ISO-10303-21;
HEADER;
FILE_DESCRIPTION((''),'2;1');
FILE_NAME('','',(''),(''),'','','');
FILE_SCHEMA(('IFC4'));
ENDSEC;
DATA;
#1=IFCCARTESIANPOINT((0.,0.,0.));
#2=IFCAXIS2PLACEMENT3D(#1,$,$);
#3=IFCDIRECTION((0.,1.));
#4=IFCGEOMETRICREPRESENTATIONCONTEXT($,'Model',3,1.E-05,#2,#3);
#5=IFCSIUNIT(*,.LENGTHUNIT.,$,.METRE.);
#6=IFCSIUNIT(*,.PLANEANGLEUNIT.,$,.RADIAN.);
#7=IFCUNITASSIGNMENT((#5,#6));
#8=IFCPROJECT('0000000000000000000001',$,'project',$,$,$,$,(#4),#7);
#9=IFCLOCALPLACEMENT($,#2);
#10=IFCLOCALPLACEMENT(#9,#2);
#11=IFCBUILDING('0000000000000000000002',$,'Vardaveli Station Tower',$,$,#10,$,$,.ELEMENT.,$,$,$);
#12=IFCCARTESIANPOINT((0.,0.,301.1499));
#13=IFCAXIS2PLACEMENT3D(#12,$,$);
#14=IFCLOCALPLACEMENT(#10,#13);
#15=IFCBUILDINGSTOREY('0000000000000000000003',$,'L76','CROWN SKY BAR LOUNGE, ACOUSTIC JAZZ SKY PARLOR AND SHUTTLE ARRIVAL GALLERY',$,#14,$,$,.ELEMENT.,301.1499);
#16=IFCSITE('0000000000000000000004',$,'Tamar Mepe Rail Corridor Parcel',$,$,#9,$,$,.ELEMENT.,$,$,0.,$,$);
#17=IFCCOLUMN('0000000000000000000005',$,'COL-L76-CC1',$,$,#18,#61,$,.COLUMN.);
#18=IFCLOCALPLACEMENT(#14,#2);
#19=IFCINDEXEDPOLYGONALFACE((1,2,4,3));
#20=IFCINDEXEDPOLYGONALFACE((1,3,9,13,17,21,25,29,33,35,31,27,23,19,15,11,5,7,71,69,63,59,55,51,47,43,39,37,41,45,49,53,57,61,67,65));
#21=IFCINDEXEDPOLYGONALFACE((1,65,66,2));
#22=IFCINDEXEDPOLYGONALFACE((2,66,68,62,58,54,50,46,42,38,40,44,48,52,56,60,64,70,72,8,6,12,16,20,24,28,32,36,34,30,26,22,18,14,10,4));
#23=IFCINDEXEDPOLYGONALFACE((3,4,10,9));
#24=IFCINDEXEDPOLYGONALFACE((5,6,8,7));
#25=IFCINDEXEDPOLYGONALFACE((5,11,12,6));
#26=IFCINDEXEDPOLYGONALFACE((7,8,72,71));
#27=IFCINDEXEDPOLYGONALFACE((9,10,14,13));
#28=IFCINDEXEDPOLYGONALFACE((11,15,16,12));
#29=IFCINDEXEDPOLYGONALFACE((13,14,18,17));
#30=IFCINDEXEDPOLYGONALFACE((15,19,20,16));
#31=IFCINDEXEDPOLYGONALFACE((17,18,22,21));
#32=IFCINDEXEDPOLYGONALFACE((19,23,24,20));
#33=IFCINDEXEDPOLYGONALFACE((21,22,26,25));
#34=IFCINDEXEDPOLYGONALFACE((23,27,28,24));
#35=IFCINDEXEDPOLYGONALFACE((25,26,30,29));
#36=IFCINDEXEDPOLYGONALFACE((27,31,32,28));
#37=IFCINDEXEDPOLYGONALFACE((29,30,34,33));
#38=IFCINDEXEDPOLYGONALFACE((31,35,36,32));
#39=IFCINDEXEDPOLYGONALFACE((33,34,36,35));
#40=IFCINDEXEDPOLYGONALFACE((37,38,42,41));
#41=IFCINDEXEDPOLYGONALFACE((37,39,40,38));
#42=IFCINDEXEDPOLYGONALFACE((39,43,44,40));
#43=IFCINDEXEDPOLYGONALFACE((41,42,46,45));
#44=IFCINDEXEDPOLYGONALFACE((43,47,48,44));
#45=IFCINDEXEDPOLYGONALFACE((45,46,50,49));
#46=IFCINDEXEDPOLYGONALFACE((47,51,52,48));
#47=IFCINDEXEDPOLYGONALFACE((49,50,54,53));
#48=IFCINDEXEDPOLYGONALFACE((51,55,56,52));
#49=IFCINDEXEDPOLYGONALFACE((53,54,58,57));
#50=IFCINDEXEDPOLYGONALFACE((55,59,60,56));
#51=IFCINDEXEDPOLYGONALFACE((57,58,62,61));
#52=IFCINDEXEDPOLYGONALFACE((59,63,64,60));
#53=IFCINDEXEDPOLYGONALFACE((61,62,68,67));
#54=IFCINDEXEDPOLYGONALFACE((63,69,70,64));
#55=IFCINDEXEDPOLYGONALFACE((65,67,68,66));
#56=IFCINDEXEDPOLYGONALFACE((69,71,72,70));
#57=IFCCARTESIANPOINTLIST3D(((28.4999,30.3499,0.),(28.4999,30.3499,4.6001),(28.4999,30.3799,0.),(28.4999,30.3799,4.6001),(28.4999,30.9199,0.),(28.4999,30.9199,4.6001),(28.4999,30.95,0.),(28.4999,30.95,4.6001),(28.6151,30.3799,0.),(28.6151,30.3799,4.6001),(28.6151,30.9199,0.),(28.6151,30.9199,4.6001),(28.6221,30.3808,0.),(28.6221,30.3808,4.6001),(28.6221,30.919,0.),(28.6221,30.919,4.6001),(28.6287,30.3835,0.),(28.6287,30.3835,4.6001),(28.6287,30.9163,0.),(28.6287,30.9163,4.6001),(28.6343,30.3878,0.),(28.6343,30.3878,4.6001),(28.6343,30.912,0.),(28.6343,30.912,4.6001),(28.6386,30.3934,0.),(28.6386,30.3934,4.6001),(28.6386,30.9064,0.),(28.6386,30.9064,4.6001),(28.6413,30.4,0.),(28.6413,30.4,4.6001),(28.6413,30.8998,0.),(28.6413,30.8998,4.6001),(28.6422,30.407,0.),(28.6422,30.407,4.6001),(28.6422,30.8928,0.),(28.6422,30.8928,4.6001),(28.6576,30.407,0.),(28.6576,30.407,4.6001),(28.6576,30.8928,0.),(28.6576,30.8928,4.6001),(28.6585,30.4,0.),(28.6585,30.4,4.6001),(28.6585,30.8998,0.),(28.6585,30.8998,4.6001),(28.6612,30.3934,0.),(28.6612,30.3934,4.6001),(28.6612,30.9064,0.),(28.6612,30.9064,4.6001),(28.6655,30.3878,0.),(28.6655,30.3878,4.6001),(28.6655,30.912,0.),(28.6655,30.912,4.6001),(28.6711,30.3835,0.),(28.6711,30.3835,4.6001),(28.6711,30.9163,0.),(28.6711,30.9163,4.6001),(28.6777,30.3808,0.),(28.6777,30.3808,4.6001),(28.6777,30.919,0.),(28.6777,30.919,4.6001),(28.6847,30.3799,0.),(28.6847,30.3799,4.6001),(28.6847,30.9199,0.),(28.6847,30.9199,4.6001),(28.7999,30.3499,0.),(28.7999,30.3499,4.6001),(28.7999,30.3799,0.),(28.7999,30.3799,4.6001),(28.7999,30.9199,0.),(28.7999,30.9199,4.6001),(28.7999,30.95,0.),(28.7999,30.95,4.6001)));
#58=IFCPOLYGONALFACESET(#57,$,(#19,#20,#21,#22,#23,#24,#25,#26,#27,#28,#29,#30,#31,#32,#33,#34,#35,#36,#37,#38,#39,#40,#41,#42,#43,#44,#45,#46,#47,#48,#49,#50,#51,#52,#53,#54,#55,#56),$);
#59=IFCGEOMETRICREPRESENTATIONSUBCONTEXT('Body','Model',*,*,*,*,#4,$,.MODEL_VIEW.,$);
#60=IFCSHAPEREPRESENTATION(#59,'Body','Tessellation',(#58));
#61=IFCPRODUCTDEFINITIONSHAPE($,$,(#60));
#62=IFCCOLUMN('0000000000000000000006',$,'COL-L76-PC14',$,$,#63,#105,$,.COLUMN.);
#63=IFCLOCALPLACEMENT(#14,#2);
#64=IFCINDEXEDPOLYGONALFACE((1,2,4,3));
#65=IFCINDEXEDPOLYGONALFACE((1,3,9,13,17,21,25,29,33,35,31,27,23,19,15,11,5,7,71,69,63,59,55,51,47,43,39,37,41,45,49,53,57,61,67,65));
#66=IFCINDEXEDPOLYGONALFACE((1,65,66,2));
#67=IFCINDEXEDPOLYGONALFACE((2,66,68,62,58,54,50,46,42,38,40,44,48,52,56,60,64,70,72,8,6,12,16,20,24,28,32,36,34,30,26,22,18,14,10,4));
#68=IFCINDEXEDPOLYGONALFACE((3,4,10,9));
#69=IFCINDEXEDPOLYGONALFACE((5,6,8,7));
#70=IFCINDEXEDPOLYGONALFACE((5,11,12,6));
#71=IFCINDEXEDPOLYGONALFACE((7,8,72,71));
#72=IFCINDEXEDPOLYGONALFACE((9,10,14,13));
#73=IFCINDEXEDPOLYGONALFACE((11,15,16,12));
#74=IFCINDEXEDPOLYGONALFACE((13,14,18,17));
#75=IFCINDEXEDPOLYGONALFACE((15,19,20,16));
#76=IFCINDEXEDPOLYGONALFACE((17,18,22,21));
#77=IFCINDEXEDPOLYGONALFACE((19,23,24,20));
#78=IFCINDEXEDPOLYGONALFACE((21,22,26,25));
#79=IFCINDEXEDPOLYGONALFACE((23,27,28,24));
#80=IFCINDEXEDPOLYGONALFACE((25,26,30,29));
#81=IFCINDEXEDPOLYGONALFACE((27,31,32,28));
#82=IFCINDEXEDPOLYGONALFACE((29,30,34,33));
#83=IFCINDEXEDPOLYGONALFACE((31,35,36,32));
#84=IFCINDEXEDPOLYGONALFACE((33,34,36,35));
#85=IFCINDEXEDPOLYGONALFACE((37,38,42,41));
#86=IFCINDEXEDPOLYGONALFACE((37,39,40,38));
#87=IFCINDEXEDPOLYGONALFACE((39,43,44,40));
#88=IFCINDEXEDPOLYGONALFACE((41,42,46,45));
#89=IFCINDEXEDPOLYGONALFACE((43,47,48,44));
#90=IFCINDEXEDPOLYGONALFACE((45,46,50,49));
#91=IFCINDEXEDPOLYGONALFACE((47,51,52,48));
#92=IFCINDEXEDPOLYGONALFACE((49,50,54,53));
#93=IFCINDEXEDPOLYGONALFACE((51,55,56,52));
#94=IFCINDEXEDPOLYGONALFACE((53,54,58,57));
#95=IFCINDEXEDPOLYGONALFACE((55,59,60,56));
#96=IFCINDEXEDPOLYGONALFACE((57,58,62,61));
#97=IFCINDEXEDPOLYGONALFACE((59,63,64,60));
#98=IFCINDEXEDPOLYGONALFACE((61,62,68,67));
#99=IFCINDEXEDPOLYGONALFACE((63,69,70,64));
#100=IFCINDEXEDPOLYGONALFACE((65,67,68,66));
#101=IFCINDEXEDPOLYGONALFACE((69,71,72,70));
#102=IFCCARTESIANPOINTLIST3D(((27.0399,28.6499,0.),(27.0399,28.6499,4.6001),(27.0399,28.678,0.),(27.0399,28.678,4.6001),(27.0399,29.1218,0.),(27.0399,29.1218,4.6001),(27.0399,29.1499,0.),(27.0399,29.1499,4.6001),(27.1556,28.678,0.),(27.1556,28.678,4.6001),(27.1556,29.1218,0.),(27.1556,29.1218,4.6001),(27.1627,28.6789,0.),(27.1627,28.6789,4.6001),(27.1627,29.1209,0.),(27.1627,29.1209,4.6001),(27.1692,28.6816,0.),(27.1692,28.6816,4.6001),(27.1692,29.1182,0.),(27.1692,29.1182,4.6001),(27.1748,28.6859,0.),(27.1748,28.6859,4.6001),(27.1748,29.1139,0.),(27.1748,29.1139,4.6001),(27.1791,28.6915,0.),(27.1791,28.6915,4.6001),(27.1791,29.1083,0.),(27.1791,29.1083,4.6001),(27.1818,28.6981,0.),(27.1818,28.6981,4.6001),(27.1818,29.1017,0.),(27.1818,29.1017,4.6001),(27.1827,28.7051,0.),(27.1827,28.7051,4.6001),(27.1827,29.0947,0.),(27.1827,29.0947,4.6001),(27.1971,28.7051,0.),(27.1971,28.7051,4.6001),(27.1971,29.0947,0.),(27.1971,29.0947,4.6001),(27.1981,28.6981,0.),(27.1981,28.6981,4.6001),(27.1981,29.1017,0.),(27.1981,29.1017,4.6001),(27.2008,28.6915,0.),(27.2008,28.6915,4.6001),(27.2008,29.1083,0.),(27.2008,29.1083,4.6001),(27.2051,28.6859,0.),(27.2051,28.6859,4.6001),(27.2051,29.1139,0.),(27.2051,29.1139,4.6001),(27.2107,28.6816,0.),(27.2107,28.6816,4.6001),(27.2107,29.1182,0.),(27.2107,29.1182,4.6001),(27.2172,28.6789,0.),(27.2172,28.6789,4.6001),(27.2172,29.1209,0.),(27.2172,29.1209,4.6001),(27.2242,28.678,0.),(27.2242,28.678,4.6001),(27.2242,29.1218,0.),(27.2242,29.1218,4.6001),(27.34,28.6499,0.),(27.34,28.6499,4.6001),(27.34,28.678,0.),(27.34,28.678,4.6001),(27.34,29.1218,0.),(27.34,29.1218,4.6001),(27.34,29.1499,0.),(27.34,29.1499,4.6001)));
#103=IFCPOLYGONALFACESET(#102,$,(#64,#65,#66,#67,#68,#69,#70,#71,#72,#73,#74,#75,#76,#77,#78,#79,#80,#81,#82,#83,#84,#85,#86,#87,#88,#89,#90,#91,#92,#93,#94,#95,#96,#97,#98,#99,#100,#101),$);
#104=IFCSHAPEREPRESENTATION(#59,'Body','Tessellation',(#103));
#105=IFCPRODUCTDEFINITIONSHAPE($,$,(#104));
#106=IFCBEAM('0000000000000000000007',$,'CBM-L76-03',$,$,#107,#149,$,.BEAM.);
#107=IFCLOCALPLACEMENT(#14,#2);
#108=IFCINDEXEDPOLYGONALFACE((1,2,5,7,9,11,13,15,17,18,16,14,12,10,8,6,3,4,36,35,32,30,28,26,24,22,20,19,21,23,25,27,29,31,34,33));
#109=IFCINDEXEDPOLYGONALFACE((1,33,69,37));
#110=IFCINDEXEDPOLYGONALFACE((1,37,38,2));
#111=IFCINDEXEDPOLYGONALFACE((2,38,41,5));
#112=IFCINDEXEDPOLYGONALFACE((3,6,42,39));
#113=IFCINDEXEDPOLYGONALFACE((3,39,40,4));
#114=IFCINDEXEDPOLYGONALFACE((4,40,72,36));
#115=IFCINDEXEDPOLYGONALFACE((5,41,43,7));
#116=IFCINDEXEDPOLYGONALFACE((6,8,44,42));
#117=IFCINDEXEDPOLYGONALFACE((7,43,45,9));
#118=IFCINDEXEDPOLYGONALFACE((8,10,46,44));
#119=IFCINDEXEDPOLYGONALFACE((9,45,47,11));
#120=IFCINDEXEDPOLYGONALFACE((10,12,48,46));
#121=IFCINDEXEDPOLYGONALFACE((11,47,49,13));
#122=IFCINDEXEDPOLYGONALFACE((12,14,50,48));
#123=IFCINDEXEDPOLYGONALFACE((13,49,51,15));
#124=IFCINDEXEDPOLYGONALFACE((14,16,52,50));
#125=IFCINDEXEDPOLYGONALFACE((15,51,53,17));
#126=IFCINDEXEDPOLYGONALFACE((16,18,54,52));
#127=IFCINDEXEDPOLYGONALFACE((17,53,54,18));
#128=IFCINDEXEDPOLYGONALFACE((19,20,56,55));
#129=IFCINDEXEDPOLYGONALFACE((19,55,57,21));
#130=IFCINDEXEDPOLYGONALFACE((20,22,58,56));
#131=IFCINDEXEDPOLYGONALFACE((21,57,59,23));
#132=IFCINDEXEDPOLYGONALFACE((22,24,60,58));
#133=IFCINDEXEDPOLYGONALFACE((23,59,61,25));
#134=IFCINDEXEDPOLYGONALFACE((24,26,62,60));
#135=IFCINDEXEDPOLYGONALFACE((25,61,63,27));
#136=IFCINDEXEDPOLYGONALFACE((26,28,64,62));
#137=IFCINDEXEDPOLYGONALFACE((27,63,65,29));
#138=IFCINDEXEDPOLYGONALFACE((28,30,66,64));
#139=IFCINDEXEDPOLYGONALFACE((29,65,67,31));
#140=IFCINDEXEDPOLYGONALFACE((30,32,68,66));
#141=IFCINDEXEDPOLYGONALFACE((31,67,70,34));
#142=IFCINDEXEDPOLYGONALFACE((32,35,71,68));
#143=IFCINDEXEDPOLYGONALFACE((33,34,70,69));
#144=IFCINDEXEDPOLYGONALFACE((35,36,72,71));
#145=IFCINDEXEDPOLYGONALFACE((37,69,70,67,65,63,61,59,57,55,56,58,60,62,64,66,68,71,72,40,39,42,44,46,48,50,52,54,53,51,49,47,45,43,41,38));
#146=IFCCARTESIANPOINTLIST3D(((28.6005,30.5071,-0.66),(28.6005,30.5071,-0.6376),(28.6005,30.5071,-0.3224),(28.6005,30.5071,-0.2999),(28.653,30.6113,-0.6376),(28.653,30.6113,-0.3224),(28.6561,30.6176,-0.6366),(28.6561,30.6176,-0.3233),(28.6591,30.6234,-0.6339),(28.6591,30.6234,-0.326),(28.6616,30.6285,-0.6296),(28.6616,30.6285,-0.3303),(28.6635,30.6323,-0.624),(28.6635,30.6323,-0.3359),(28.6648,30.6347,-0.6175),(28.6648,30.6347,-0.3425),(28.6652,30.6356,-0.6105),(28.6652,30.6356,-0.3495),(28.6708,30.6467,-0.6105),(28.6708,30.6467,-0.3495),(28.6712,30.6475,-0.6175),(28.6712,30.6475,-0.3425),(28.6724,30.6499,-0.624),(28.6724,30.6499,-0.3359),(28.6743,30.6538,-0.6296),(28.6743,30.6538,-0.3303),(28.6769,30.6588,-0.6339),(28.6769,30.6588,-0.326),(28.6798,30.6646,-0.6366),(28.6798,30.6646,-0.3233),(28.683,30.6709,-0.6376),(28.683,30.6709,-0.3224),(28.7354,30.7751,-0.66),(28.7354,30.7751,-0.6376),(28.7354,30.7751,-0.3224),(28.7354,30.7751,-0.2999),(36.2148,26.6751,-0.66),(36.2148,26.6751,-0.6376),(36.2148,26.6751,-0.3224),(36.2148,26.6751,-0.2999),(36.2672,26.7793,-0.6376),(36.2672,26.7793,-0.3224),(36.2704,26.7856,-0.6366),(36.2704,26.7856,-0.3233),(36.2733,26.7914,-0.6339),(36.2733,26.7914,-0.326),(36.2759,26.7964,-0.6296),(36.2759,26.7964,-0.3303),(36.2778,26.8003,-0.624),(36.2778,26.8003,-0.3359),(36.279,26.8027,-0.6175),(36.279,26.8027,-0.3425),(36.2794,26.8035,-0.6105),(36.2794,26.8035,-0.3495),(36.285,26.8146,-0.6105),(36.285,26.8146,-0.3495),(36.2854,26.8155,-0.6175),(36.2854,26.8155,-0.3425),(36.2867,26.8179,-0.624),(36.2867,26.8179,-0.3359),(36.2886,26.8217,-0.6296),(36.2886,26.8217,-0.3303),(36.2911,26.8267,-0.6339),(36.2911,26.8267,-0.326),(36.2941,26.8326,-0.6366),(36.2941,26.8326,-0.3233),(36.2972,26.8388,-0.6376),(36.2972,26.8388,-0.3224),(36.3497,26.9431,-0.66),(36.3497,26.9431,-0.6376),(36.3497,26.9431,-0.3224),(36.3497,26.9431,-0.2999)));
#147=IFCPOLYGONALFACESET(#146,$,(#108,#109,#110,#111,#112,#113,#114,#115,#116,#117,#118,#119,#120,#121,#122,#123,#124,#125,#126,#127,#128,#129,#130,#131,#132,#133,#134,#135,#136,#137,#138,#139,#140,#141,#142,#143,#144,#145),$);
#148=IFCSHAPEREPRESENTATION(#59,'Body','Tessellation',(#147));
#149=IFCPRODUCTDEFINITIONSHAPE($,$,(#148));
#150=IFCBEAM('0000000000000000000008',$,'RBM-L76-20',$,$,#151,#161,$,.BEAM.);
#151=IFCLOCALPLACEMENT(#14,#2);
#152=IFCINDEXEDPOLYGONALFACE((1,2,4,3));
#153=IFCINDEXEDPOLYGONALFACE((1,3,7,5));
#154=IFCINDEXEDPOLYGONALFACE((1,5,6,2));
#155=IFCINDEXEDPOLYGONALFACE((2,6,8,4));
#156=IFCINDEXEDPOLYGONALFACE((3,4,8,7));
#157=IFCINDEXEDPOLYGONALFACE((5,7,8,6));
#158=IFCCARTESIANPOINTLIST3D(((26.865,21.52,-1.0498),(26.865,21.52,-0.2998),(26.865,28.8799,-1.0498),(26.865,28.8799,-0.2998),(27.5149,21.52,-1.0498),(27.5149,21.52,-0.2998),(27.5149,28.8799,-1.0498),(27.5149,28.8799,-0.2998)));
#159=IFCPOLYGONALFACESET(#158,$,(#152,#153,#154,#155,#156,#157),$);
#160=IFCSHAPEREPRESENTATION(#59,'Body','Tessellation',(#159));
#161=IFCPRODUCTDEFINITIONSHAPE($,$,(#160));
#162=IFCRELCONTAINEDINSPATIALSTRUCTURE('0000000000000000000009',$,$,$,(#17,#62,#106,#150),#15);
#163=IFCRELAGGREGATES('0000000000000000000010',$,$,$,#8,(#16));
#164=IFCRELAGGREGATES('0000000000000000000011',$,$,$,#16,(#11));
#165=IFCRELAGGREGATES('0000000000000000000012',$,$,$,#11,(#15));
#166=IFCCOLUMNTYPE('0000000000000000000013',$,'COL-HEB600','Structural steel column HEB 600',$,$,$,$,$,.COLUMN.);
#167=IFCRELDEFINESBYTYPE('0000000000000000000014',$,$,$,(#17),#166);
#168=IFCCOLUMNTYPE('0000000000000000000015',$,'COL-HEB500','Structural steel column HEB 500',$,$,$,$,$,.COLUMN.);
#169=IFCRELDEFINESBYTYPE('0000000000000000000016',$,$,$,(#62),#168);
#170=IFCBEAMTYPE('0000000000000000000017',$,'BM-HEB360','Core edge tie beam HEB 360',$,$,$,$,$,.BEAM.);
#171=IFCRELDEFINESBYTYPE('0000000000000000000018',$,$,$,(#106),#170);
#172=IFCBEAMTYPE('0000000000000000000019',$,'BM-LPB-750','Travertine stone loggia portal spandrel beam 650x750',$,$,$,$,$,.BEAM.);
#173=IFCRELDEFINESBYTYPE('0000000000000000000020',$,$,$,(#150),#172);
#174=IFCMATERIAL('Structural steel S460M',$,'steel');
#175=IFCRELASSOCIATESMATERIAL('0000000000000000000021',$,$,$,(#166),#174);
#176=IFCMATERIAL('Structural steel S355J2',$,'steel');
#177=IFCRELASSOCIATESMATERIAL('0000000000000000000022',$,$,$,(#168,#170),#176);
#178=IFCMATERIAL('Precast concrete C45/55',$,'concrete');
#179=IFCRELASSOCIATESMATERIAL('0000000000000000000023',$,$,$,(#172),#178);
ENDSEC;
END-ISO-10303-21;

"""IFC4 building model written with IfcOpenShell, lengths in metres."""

from ifc_helpers import new_model, si_unit, direction, frame, origin, origin_2d, place, context, subcontext, project, spatial, rectangle, i_section, extrude, source, transform, mapped, material, material_profile, profile_set, type_object, element, save


model = new_model("IFC4")

# Units and contexts
model_context = context("Model", 3, precision=1e-05, world=origin(), true_north=direction((0.0, 1.0)))
body_context = subcontext(model_context, "Body", "Model", "MODEL_VIEW")
ifc_project = project(units=[si_unit("LENGTHUNIT", "METRE"), si_unit("PLANEANGLEUNIT", "RADIAN")], contexts=[model_context])

# Site, building, storey
site_placement = place(None, origin())
site = spatial("IfcSite", under=ifc_project, at=site_placement, Name="Tamar Mepe Rail Corridor Parcel", CompositionType="ELEMENT", RefElevation=0.0)
building_placement = place(site_placement, origin())
building = spatial("IfcBuilding", under=site, at=building_placement, Name="Vardaveli Station Tower", CompositionType="ELEMENT")
storey_placement = place(building_placement, frame((0.0, 0.0, 301.1499)))
storey = spatial("IfcBuildingStorey", under=building, at=storey_placement, Name="L76", Description="CROWN SKY BAR LOUNGE, ACOUSTIC JAZZ SKY PARLOR AND SHUTTLE ARRIVAL GALLERY", CompositionType="ELEMENT", Elevation=301.1499)

# Columns
ifc_material_1 = material(Name="Structural steel S460M", Category="steel")
ifc_material_profile_1 = material_profile(ifc_material_1, i_section(OverallWidth=0.3, OverallDepth=0.6001, WebThickness=0.0154, FlangeThickness=0.03, FilletRadius=0.0271, at=origin_2d()), Name="HEB 600")
ifc_profile_set_1 = profile_set([ifc_material_profile_1], Name="Structural steel S460M")
column_type_1 = type_object("IfcColumnType", Name="COL-HEB600", Description="Structural steel column HEB 600", PredefinedType="COLUMN", material=ifc_profile_set_1)
shared_shape_1 = source(origin(), body_context, "Body", "SweptSolid", [
    extrude(i_section(OverallWidth=0.3, OverallDepth=0.6001, WebThickness=0.0154, FlangeThickness=0.03, FilletRadius=0.0271, at=origin_2d()), origin(), (0.0, 0.0, 1.0), 4.6001),
])
column_1_placement = place(storey_placement, frame((28.6499, 30.6499, 0.0), z_axis=(0.0, 0.0, 1.0), x_axis=(1.0, 0.0, 0.0)))
element("IfcColumn", 1, at=column_1_placement, inside=storey, type_object=column_type_1, Name="COL-L76-CC1", PredefinedType="COLUMN", context=body_context, shape_type="MappedRepresentation", body=[
    mapped(shared_shape_1, transform((0.0, 0.0, 0.0), scale=1.0)),
])
ifc_material_2 = material(Name="Structural steel S355J2", Category="steel")
ifc_material_profile_2 = material_profile(ifc_material_2, i_section(OverallWidth=0.3, OverallDepth=0.5, WebThickness=0.0144, FlangeThickness=0.0281, FilletRadius=0.0271, at=origin_2d()), Name="HEB 500")
ifc_profile_set_2 = profile_set([ifc_material_profile_2], Name="Structural steel S355J2")
column_type_2 = type_object("IfcColumnType", Name="COL-HEB500", Description="Structural steel column HEB 500", PredefinedType="COLUMN", material=ifc_profile_set_2)
shared_shape_2 = source(origin(), body_context, "Body", "SweptSolid", [
    extrude(i_section(OverallWidth=0.3, OverallDepth=0.5, WebThickness=0.0144, FlangeThickness=0.0281, FilletRadius=0.0271, at=origin_2d()), origin(), (0.0, 0.0, 1.0), 4.6001),
])
column_2_placement = place(storey_placement, frame((27.1899, 28.8999, 0.0), z_axis=(0.0, 0.0, 1.0), x_axis=(1.0, 0.0, 0.0)))
element("IfcColumn", 2, at=column_2_placement, inside=storey, type_object=column_type_2, Name="COL-L76-PC14", PredefinedType="COLUMN", context=body_context, shape_type="MappedRepresentation", body=[
    mapped(shared_shape_2, transform((0.0, 0.0, 0.0), scale=1.0)),
])

# Beams
ifc_material_profile_3 = material_profile(ifc_material_2, i_section(OverallWidth=0.3, OverallDepth=0.3601, WebThickness=0.0125, FlangeThickness=0.0225, FilletRadius=0.0271, at=origin_2d()), Name="HEB 360")
ifc_profile_set_3 = profile_set([ifc_material_profile_3], Name="Structural steel S355J2")
beam_type_1 = type_object("IfcBeamType", Name="BM-HEB360", Description="Core edge tie beam HEB 360", PredefinedType="BEAM", material=ifc_profile_set_3)
shared_shape_3 = source(origin(), body_context, "Body", "SweptSolid", [
    extrude(i_section(OverallWidth=0.3, OverallDepth=0.3601, WebThickness=0.0125, FlangeThickness=0.0225, FilletRadius=0.0271, at=origin_2d()), origin(), (0.0, 0.0, 1.0), 8.5242),
])
beam_1_placement = place(storey_placement, frame((28.668, 30.6411, -0.48), z_axis=(0.893256, -0.449549, 0.0), x_axis=(0.449549, 0.893256, 0.0)))
element("IfcBeam", 3, at=beam_1_placement, inside=storey, type_object=beam_type_1, Name="CBM-L76-03", PredefinedType="BEAM", context=body_context, shape_type="MappedRepresentation", body=[
    mapped(shared_shape_3, transform((0.0, 0.0, 0.0), scale=1.0)),
])
ifc_material_3 = material(Name="Precast concrete C45/55", Category="concrete")
ifc_material_profile_4 = material_profile(ifc_material_3, rectangle(XDim=0.6499, YDim=0.75, at=origin_2d()), Name="LPB 650x750")
ifc_profile_set_4 = profile_set([ifc_material_profile_4], Name="Precast concrete C45/55")
beam_type_2 = type_object("IfcBeamType", Name="BM-LPB-750", Description="Travertine stone loggia portal spandrel beam 650x750", PredefinedType="BEAM", material=ifc_profile_set_4)
shared_shape_4 = source(origin(), body_context, "Body", "SweptSolid", [
    extrude(rectangle(XDim=0.6499, YDim=0.75, at=origin_2d()), origin(), (0.0, 0.0, 1.0), 7.3599),
])
beam_2_placement = place(storey_placement, frame((27.1899, 28.8799, -0.6748), z_axis=(0.0, -1.0, 0.0), x_axis=(1.0, 0.0, 0.0)))
element("IfcBeam", 4, at=beam_2_placement, inside=storey, type_object=beam_type_2, Name="RBM-L76-20", PredefinedType="BEAM", context=body_context, shape_type="MappedRepresentation", body=[
    mapped(shared_shape_4, transform((0.0, 0.0, 0.0), scale=1.0)),
])

save(model, "model.ifc")
